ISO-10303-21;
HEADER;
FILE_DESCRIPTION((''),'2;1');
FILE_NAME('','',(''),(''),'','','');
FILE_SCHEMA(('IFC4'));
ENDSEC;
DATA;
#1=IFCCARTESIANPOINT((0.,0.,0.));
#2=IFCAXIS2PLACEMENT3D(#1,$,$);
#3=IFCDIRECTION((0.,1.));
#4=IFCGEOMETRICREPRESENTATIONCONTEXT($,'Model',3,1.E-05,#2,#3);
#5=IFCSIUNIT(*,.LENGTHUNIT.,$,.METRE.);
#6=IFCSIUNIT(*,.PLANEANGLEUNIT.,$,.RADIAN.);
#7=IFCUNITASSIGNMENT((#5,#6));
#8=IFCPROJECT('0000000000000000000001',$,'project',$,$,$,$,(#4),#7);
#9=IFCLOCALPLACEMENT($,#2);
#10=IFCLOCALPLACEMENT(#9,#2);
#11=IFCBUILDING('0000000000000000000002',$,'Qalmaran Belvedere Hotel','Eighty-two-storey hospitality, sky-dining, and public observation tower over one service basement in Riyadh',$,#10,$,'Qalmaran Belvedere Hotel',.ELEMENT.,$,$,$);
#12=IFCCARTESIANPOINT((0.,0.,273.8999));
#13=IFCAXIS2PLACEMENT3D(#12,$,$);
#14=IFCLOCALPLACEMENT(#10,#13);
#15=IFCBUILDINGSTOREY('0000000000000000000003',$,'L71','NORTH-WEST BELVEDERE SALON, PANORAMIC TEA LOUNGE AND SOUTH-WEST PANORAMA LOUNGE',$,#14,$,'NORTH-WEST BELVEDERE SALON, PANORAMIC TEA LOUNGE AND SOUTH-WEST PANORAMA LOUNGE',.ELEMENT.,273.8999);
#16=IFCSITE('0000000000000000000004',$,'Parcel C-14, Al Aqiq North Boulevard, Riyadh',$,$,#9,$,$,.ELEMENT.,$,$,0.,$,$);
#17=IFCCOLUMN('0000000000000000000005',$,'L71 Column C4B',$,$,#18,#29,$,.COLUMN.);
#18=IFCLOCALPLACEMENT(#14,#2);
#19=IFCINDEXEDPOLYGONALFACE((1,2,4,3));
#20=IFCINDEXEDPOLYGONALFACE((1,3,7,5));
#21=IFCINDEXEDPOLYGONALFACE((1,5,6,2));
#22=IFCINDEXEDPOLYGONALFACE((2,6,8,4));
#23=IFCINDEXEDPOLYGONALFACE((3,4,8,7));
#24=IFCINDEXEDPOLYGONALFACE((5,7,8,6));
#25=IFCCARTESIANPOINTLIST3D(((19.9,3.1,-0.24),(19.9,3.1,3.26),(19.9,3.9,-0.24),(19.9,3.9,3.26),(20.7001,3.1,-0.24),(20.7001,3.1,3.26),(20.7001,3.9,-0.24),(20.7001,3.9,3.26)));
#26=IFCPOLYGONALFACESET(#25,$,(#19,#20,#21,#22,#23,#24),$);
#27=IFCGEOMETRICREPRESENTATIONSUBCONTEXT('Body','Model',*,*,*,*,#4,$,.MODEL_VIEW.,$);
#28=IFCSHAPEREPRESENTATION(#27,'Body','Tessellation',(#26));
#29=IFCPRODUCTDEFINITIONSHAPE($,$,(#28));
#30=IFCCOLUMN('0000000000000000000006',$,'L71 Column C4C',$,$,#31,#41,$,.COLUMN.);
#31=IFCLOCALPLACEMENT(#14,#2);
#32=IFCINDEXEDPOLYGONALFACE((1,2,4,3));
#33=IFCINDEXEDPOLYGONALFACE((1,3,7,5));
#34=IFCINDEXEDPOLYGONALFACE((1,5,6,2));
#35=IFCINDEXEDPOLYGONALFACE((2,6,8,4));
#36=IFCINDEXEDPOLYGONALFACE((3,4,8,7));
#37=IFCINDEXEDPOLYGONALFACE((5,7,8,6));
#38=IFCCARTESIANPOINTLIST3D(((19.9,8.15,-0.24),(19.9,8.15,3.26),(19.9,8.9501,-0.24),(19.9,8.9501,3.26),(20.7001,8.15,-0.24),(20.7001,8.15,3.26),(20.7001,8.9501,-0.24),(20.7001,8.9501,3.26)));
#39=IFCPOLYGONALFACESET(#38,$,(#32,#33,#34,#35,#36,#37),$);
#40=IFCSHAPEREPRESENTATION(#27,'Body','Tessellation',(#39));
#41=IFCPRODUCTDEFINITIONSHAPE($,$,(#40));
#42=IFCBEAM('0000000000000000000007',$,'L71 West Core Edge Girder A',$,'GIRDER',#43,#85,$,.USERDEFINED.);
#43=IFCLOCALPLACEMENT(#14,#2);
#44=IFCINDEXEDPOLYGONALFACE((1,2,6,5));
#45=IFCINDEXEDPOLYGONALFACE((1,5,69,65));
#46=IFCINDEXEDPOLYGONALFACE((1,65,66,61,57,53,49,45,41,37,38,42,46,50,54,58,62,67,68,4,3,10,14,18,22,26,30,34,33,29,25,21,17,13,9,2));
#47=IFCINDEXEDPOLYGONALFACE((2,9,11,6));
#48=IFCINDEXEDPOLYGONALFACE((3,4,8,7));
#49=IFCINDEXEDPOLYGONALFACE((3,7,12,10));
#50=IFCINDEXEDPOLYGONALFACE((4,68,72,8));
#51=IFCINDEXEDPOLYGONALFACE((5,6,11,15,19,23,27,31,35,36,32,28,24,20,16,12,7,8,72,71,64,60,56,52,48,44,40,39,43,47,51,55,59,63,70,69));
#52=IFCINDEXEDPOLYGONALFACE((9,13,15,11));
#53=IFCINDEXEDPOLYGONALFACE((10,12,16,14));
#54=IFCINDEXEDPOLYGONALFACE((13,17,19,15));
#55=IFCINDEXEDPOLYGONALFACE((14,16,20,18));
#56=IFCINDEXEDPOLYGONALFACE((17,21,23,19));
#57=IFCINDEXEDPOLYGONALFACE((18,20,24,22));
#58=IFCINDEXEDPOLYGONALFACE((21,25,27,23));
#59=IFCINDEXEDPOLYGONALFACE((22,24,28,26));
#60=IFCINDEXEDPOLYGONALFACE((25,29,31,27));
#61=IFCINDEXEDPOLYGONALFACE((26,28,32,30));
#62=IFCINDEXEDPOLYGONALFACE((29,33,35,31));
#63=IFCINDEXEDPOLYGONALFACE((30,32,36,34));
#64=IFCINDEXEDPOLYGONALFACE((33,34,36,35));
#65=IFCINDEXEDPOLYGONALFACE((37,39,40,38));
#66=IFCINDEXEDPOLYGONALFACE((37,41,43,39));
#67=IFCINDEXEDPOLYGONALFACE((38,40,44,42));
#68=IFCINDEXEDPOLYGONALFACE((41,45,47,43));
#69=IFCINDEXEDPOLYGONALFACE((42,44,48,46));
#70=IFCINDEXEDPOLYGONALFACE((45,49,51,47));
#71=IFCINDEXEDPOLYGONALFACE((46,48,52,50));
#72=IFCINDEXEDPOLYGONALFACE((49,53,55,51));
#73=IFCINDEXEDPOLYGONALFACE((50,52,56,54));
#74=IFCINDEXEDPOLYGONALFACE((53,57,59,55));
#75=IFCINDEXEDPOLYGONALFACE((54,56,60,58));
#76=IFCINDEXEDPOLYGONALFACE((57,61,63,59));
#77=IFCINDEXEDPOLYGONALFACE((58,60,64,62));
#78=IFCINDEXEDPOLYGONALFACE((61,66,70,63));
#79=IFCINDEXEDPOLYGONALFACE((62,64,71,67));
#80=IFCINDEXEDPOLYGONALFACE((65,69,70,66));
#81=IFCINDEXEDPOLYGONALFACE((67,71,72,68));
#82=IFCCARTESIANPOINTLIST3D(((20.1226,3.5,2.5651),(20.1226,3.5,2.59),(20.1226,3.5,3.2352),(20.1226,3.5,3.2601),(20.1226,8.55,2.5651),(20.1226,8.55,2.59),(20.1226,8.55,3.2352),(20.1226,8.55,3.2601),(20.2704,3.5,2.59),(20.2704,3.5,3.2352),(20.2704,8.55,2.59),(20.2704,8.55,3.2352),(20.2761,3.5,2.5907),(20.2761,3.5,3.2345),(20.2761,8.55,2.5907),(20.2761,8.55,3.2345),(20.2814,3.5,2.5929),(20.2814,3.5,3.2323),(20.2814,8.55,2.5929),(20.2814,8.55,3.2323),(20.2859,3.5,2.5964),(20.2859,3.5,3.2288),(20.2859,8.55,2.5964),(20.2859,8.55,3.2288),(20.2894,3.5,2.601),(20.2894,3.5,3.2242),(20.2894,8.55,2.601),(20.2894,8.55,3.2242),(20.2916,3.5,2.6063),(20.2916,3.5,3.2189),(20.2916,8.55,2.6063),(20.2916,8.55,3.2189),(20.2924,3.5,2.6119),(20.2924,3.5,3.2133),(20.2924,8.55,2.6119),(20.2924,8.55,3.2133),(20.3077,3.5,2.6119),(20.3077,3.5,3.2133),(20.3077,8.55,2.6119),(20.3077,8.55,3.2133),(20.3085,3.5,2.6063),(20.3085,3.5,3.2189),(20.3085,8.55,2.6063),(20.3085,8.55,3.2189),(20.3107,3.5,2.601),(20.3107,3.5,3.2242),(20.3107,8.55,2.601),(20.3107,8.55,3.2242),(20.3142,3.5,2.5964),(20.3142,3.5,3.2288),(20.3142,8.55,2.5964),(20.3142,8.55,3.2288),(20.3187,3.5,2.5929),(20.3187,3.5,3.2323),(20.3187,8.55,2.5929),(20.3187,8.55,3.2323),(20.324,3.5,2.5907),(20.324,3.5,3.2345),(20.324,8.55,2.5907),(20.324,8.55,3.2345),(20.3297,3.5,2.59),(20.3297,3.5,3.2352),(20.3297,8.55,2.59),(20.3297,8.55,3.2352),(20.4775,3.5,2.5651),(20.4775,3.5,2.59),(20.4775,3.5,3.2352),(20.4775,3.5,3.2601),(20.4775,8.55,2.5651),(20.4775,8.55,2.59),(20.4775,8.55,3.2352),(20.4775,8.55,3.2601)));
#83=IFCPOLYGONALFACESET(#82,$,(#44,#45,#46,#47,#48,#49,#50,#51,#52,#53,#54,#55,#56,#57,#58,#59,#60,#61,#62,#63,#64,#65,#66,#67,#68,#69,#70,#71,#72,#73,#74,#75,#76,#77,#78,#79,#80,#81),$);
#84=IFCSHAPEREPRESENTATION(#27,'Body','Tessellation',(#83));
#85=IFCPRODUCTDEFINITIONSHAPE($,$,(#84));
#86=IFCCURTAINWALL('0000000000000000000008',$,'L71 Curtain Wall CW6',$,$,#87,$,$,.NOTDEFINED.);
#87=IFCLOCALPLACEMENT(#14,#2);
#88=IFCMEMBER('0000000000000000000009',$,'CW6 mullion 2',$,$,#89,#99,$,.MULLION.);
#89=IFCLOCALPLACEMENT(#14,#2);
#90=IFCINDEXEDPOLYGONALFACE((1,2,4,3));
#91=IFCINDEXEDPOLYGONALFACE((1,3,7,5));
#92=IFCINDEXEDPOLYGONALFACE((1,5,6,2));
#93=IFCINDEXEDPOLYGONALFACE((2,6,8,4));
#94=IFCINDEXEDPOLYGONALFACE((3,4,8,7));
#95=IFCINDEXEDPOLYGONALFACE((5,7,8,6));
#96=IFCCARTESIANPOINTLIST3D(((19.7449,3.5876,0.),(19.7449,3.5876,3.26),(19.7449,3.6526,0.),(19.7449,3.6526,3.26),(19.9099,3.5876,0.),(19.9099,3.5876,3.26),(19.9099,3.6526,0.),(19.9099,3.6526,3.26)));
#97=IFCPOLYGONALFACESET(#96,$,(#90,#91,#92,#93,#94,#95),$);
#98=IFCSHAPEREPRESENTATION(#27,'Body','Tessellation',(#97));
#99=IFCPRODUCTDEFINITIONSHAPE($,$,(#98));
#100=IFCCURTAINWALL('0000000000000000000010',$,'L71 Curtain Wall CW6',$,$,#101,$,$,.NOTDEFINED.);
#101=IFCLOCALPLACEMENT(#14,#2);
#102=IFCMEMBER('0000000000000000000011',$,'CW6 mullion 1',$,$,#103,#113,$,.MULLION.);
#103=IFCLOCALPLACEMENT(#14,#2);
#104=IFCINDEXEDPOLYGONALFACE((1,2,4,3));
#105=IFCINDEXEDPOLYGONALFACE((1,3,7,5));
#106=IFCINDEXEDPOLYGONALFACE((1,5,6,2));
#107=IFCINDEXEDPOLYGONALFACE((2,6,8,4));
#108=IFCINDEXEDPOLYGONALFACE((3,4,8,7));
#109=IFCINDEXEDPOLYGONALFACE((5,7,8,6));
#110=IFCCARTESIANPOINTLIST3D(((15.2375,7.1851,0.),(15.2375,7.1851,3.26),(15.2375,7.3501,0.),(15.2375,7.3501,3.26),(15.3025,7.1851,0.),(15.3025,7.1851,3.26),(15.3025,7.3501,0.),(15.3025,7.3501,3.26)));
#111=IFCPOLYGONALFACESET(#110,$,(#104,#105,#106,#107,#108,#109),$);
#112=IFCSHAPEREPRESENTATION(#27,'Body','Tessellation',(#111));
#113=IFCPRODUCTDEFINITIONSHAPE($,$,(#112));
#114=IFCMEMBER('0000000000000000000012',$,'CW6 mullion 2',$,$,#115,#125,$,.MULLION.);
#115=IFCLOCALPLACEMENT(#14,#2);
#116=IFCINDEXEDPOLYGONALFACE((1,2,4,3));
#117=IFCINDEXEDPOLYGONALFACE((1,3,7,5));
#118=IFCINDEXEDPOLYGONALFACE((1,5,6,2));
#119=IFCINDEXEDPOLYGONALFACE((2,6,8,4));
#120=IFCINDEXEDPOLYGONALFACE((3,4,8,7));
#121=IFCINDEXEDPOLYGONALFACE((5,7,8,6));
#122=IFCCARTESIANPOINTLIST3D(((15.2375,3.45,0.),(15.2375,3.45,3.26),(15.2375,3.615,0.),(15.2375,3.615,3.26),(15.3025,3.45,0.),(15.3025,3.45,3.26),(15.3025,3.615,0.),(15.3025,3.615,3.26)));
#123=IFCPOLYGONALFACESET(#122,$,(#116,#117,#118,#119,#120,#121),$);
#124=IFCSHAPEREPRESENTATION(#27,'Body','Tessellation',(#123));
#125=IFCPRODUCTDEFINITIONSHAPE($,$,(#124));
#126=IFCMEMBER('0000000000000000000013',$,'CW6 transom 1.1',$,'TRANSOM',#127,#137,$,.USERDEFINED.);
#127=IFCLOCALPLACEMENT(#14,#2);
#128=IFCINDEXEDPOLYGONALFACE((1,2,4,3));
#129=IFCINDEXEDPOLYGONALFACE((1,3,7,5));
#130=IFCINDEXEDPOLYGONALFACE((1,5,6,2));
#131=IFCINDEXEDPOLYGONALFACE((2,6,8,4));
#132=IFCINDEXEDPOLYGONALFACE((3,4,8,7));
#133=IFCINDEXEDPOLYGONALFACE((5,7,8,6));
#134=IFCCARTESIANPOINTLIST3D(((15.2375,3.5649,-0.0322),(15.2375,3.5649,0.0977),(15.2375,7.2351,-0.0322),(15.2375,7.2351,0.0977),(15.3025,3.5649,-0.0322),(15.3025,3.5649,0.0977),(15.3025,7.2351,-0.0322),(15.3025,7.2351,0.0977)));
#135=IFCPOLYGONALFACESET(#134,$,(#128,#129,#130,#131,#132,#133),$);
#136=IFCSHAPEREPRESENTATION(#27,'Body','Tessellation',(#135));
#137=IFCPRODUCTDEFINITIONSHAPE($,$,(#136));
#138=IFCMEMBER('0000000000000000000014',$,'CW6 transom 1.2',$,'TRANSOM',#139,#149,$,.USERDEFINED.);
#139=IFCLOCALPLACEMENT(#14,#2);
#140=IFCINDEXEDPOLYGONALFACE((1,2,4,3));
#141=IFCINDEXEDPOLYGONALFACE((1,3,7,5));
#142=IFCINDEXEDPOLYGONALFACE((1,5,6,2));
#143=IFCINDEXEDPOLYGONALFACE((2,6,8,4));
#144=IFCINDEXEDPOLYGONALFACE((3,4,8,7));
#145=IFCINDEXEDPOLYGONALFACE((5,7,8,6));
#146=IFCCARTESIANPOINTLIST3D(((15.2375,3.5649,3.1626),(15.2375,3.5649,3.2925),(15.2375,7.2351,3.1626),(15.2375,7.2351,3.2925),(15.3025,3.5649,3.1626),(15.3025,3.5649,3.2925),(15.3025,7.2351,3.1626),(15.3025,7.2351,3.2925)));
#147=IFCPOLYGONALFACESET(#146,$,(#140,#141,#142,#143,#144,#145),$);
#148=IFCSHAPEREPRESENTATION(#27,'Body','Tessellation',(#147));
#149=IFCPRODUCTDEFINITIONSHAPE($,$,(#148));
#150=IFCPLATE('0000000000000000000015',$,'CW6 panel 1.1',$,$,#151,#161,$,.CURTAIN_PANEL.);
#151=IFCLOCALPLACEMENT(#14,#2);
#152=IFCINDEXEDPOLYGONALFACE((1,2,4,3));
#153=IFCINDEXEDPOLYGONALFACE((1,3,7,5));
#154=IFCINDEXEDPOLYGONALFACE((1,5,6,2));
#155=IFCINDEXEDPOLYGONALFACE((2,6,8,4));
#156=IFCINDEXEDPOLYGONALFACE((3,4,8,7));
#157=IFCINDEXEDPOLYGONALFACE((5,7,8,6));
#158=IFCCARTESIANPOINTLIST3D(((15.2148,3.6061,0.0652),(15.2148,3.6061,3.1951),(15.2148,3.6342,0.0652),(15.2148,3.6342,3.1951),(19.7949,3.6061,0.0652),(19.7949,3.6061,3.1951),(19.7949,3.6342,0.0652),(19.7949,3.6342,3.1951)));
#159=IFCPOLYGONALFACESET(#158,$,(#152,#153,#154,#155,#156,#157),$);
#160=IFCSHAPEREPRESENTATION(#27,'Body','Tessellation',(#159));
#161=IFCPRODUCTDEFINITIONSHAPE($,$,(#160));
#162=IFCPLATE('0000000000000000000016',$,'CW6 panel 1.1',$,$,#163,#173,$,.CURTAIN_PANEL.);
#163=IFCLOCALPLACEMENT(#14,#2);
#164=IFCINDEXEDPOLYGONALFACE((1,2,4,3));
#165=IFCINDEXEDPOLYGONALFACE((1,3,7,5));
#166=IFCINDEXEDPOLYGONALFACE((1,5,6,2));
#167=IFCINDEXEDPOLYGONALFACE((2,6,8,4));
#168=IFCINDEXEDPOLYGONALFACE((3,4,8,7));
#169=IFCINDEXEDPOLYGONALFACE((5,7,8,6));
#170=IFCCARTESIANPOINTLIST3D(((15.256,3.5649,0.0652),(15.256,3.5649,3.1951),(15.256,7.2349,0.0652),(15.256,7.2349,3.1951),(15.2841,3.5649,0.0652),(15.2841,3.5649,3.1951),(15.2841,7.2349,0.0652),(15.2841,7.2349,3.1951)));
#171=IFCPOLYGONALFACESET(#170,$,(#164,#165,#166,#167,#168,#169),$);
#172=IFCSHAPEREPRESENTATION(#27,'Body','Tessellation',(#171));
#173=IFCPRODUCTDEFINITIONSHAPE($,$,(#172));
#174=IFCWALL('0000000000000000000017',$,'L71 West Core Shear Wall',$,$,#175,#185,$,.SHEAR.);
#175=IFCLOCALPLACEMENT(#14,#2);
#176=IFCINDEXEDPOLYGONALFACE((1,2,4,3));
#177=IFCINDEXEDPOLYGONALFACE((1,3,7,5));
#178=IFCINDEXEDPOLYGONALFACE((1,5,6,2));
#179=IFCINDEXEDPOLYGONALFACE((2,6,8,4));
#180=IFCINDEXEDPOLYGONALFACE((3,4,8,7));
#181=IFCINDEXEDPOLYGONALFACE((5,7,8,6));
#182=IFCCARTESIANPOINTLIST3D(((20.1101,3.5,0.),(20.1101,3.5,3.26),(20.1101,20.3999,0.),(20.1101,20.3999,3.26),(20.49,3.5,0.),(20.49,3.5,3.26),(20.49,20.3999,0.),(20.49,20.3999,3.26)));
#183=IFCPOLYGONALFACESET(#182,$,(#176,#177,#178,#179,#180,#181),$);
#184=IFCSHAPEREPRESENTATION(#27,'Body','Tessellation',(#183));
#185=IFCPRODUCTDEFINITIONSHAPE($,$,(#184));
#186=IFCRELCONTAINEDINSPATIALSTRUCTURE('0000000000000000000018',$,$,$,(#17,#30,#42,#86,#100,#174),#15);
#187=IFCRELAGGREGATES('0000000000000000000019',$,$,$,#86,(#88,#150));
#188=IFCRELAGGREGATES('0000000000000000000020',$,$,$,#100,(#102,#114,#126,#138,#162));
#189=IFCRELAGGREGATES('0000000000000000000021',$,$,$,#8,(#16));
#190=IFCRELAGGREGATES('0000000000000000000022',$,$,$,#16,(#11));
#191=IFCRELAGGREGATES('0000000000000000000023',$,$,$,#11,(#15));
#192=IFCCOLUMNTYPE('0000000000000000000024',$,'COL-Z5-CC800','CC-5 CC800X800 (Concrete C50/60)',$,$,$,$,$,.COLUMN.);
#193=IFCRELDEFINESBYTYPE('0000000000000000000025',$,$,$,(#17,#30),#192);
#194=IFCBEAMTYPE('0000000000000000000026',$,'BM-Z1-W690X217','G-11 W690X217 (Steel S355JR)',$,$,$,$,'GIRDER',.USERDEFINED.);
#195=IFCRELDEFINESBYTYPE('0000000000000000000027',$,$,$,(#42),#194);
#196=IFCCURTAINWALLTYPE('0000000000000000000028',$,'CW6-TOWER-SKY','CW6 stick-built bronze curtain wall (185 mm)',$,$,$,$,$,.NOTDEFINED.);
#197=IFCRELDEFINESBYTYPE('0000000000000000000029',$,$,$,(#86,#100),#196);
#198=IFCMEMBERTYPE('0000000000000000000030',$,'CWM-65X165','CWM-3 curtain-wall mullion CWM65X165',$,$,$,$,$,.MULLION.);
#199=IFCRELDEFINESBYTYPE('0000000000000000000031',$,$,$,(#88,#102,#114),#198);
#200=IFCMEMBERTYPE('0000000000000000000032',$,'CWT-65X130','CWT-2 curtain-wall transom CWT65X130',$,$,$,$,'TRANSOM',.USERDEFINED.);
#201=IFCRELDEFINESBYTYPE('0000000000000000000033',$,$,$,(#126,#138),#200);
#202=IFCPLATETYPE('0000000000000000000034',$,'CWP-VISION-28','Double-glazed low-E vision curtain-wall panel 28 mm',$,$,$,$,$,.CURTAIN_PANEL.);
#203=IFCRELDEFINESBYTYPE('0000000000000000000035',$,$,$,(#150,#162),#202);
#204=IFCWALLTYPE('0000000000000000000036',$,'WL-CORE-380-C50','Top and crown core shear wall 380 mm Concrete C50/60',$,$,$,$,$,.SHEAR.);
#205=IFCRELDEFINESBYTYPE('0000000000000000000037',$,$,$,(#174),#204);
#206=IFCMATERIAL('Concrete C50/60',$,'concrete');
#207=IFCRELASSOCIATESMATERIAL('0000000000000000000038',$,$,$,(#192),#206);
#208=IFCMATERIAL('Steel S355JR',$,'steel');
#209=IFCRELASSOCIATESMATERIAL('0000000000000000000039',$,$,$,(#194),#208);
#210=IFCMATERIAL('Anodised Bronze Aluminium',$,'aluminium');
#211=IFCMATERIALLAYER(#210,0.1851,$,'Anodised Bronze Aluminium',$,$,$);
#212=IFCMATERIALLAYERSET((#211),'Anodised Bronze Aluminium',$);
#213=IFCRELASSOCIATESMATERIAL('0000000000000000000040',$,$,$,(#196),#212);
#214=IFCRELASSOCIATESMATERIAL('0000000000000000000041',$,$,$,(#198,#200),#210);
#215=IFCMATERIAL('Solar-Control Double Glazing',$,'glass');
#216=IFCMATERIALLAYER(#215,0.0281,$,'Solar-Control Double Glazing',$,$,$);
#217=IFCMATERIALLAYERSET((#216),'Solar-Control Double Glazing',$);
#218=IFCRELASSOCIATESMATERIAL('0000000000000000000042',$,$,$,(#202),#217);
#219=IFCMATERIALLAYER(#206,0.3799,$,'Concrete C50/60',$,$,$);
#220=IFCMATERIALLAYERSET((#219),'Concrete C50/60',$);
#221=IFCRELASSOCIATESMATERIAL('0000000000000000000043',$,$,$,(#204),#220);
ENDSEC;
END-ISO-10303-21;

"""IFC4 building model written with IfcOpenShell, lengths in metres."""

from ifc_helpers import new_model, si_unit, direction, frame, frame_2d, origin, origin_2d, place, context, subcontext, project, spatial, rectangle, i_section, extrude, material, layer, layer_set, material_profile, profile_set, type_object, element, aggregate, save


model = new_model("IFC4")

# Units and contexts
model_context = context("Model", 3, precision=1e-05, world=origin(), true_north=direction((0.0, 1.0)))
body_context = subcontext(model_context, "Body", "Model", "MODEL_VIEW")
ifc_project = project(units=[si_unit("LENGTHUNIT", "METRE"), si_unit("PLANEANGLEUNIT", "RADIAN")], contexts=[model_context])

# Site, building, storey
site_placement = place(None, origin())
site = spatial("IfcSite", under=ifc_project, at=site_placement, Name="Parcel C-14, Al Aqiq North Boulevard, Riyadh", CompositionType="ELEMENT", RefElevation=0.0)
building_placement = place(site_placement, origin())
building = spatial("IfcBuilding", under=site, at=building_placement, Name="Qalmaran Belvedere Hotel", Description="Eighty-two-storey hospitality, sky-dining, and public observation tower over one service basement in Riyadh", LongName="Qalmaran Belvedere Hotel", CompositionType="ELEMENT")
storey_placement = place(building_placement, frame((0.0, 0.0, 273.8999)))
storey = spatial("IfcBuildingStorey", under=building, at=storey_placement, Name="L71", Description="NORTH-WEST BELVEDERE SALON, PANORAMIC TEA LOUNGE AND SOUTH-WEST PANORAMA LOUNGE", LongName="NORTH-WEST BELVEDERE SALON, PANORAMIC TEA LOUNGE AND SOUTH-WEST PANORAMA LOUNGE", CompositionType="ELEMENT", Elevation=273.8999)

# Columns
ifc_material_1 = material(Name="Concrete C50/60", Category="concrete")
ifc_material_profile_1 = material_profile(ifc_material_1, rectangle(XDim=0.8, YDim=0.8, at=origin_2d()), Name="CC800X800")
ifc_profile_set_1 = profile_set([ifc_material_profile_1], Name="Concrete C50/60")
column_type = type_object("IfcColumnType", Name="COL-Z5-CC800", Description="CC-5 CC800X800 (Concrete C50/60)", PredefinedType="COLUMN", material=ifc_profile_set_1)
for number, where, z_axis, x_axis, name in (
    (1, (20.3, 3.5, -0.24), (0.0, 0.0, 1.0), (1.0, 0.0, 0.0), "L71 Column C4B"),
    (2, (20.3, 8.55, -0.24), (0.0, 0.0, 1.0), (1.0, 0.0, 0.0), "L71 Column C4C"),
):
    element("IfcColumn", number, at=place(storey_placement, frame(where, z_axis=z_axis, x_axis=x_axis)), inside=storey, type_object=column_type, Name=name, PredefinedType="COLUMN", context=body_context, shape_type="SweptSolid", body=[
        extrude(rectangle(XDim=0.8, YDim=0.8, at=origin_2d()), origin(), (0.0, 0.0, 1.0), 3.5),
    ])

# Beam
ifc_material_2 = material(Name="Steel S355JR", Category="steel")
ifc_material_profile_2 = material_profile(ifc_material_2, i_section(OverallWidth=0.355, OverallDepth=0.6951, WebThickness=0.0154, FlangeThickness=0.0249, FilletRadius=0.022, at=origin_2d()), Name="W690X217")
ifc_profile_set_2 = profile_set([ifc_material_profile_2], Name="Steel S355JR")
beam_type = type_object("IfcBeamType", Name="BM-Z1-W690X217", Description="G-11 W690X217 (Steel S355JR)", ElementType="GIRDER", PredefinedType="USERDEFINED", material=ifc_profile_set_2)
beam_placement = place(storey_placement, frame((20.3, 3.5, 2.9126), z_axis=(0.0, 1.0, 0.0), x_axis=(-1.0, 0.0, 0.0)))
element("IfcBeam", 3, at=beam_placement, inside=storey, type_object=beam_type, Name="L71 West Core Edge Girder A", ObjectType="GIRDER", PredefinedType="USERDEFINED", context=body_context, shape_type="SweptSolid", body=[
    extrude(i_section(OverallWidth=0.355, OverallDepth=0.6951, WebThickness=0.0154, FlangeThickness=0.0249, FilletRadius=0.022, at=origin_2d()), origin(), (0.0, 0.0, 1.0), 5.05),
])

# Curtain wall, member
ifc_material_3 = material(Name="Anodised Bronze Aluminium", Category="aluminium")
ifc_layer_1 = layer(ifc_material_3, 0.1851, Name="Anodised Bronze Aluminium")
ifc_layer_set_1 = layer_set([ifc_layer_1], Name="Anodised Bronze Aluminium")
curtain_wall_type = type_object("IfcCurtainWallType", Name="CW6-TOWER-SKY", Description="CW6 stick-built bronze curtain wall (185 mm)", PredefinedType="NOTDEFINED", material=ifc_layer_set_1)
curtain_wall_1_placement = place(storey_placement, origin())
curtain_wall_1 = element("IfcCurtainWall", 4, at=curtain_wall_1_placement, inside=storey, type_object=curtain_wall_type, Name="L71 Curtain Wall CW6", PredefinedType="NOTDEFINED")
ifc_material_profile_3 = material_profile(ifc_material_3, rectangle(XDim=0.0649, YDim=0.165, at=origin_2d()), Name="CWM65X165")
ifc_profile_set_3 = profile_set([ifc_material_profile_3], Name="Anodised Bronze Aluminium")
member_type_1 = type_object("IfcMemberType", Name="CWM-65X165", Description="CWM-3 curtain-wall mullion CWM65X165", PredefinedType="MULLION", material=ifc_profile_set_3)
member_1_placement = place(storey_placement, frame((19.8274, 3.6201, 0.0), z_axis=(0.0, 0.0, 1.0), x_axis=(0.0, 1.0, 0.0)))
member_1 = element("IfcMember", 5, at=member_1_placement, type_object=member_type_1, Name="CW6 mullion 2", PredefinedType="MULLION", context=body_context, shape_type="SweptSolid", body=[
    extrude(rectangle(XDim=0.0649, YDim=0.165, at=origin_2d()), origin(), (0.0, 0.0, 1.0), 3.26),
])

# Curtain wall, members
curtain_wall_2_placement = place(storey_placement, origin())
curtain_wall_2 = element("IfcCurtainWall", 6, at=curtain_wall_2_placement, inside=storey, type_object=curtain_wall_type, Name="L71 Curtain Wall CW6", PredefinedType="NOTDEFINED")
member_2_placement = place(storey_placement, frame((15.27, 7.2676, 0.0), z_axis=(0.0, 0.0, 1.0), x_axis=(1.0, 0.0, 0.0)))
member_2 = element("IfcMember", 7, at=member_2_placement, type_object=member_type_1, Name="CW6 mullion 1", PredefinedType="MULLION", context=body_context, shape_type="SweptSolid", body=[
    extrude(rectangle(XDim=0.0649, YDim=0.165, at=origin_2d()), origin(), (0.0, 0.0, 1.0), 3.26),
])
member_3_placement = place(storey_placement, frame((15.27, 3.5325, 0.0), z_axis=(0.0, 0.0, 1.0), x_axis=(1.0, 0.0, 0.0)))
member_3 = element("IfcMember", 8, at=member_3_placement, type_object=member_type_1, Name="CW6 mullion 2", PredefinedType="MULLION", context=body_context, shape_type="SweptSolid", body=[
    extrude(rectangle(XDim=0.0649, YDim=0.165, at=origin_2d()), origin(), (0.0, 0.0, 1.0), 3.26),
])
ifc_material_profile_4 = material_profile(ifc_material_3, rectangle(XDim=0.0649, YDim=0.1299, at=origin_2d()), Name="CWT65X130")
ifc_profile_set_4 = profile_set([ifc_material_profile_4], Name="Anodised Bronze Aluminium")
member_type_2 = type_object("IfcMemberType", Name="CWT-65X130", Description="CWT-2 curtain-wall transom CWT65X130", ElementType="TRANSOM", PredefinedType="USERDEFINED", material=ifc_profile_set_4)
member_4_placement = place(storey_placement, frame((15.27, 7.2351, 0.0327), z_axis=(0.0, -1.0, 0.0), x_axis=(1.0, 0.0, 0.0)))
member_4 = element("IfcMember", 9, at=member_4_placement, type_object=member_type_2, Name="CW6 transom 1.1", ObjectType="TRANSOM", PredefinedType="USERDEFINED", context=body_context, shape_type="SweptSolid", body=[
    extrude(rectangle(XDim=0.0649, YDim=0.1299, at=origin_2d()), origin(), (0.0, 0.0, 1.0), 3.6702),
])
member_5_placement = place(storey_placement, frame((15.27, 7.2351, 3.2275), z_axis=(0.0, -1.0, 0.0), x_axis=(1.0, 0.0, 0.0)))
member_5 = element("IfcMember", 10, at=member_5_placement, type_object=member_type_2, Name="CW6 transom 1.2", ObjectType="TRANSOM", PredefinedType="USERDEFINED", context=body_context, shape_type="SweptSolid", body=[
    extrude(rectangle(XDim=0.0649, YDim=0.1299, at=origin_2d()), origin(), (0.0, 0.0, 1.0), 3.6702),
])

# Plates
ifc_material_4 = material(Name="Solar-Control Double Glazing", Category="glass")
ifc_layer_2 = layer(ifc_material_4, 0.0281, Name="Solar-Control Double Glazing")
ifc_layer_set_2 = layer_set([ifc_layer_2], Name="Solar-Control Double Glazing")
plate_type = type_object("IfcPlateType", Name="CWP-VISION-28", Description="Double-glazed low-E vision curtain-wall panel 28 mm", PredefinedType="CURTAIN_PANEL", material=ifc_layer_set_2)
plate_1_placement = place(storey_placement, frame((17.5049, 3.6201, 0.0652), z_axis=(0.0, 0.0, 1.0), x_axis=(1.0, 0.0, 0.0)))
plate_1 = element("IfcPlate", 11, at=plate_1_placement, type_object=plate_type, Name="CW6 panel 1.1", PredefinedType="CURTAIN_PANEL", context=body_context, shape_type="SweptSolid", body=[
    extrude(rectangle(XDim=4.5801, YDim=0.0281, at=origin_2d()), origin(), (0.0, 0.0, 1.0), 3.1299),
])
aggregate(curtain_wall_1, [member_1, plate_1])
plate_2_placement = place(storey_placement, frame((15.27, 5.3999, 0.0652), z_axis=(0.0, 0.0, 1.0), x_axis=(0.0, -1.0, 0.0)))
plate_2 = element("IfcPlate", 12, at=plate_2_placement, type_object=plate_type, Name="CW6 panel 1.1", PredefinedType="CURTAIN_PANEL", context=body_context, shape_type="SweptSolid", body=[
    extrude(rectangle(XDim=3.6699, YDim=0.0281, at=origin_2d()), origin(), (0.0, 0.0, 1.0), 3.1299),
])
aggregate(curtain_wall_2, [member_2, member_3, member_4, member_5, plate_2])

# Wall
ifc_layer_3 = layer(ifc_material_1, 0.3799, Name="Concrete C50/60")
ifc_layer_set_3 = layer_set([ifc_layer_3], Name="Concrete C50/60")
wall_type_1 = type_object("IfcWallType", Name="WL-CORE-380-C50", Description="Top and crown core shear wall 380 mm Concrete C50/60", PredefinedType="SHEAR", material=ifc_layer_set_3)
wall_1_placement = place(storey_placement, frame((20.3, 3.5, 0.0), z_axis=(0.0, 0.0, 1.0), x_axis=(0.0, 1.0, 0.0)))
element("IfcWall", 13, at=wall_1_placement, inside=storey, type_object=wall_type_1, Name="L71 West Core Shear Wall", PredefinedType="SHEAR", context=body_context, shape_type="SweptSolid", body=[
    extrude(rectangle(XDim=16.8999, YDim=0.3799, at=frame_2d((8.45, 0.0))), origin(), (0.0, 0.0, 1.0), 3.26),
])

save(model, "model.ifc")
